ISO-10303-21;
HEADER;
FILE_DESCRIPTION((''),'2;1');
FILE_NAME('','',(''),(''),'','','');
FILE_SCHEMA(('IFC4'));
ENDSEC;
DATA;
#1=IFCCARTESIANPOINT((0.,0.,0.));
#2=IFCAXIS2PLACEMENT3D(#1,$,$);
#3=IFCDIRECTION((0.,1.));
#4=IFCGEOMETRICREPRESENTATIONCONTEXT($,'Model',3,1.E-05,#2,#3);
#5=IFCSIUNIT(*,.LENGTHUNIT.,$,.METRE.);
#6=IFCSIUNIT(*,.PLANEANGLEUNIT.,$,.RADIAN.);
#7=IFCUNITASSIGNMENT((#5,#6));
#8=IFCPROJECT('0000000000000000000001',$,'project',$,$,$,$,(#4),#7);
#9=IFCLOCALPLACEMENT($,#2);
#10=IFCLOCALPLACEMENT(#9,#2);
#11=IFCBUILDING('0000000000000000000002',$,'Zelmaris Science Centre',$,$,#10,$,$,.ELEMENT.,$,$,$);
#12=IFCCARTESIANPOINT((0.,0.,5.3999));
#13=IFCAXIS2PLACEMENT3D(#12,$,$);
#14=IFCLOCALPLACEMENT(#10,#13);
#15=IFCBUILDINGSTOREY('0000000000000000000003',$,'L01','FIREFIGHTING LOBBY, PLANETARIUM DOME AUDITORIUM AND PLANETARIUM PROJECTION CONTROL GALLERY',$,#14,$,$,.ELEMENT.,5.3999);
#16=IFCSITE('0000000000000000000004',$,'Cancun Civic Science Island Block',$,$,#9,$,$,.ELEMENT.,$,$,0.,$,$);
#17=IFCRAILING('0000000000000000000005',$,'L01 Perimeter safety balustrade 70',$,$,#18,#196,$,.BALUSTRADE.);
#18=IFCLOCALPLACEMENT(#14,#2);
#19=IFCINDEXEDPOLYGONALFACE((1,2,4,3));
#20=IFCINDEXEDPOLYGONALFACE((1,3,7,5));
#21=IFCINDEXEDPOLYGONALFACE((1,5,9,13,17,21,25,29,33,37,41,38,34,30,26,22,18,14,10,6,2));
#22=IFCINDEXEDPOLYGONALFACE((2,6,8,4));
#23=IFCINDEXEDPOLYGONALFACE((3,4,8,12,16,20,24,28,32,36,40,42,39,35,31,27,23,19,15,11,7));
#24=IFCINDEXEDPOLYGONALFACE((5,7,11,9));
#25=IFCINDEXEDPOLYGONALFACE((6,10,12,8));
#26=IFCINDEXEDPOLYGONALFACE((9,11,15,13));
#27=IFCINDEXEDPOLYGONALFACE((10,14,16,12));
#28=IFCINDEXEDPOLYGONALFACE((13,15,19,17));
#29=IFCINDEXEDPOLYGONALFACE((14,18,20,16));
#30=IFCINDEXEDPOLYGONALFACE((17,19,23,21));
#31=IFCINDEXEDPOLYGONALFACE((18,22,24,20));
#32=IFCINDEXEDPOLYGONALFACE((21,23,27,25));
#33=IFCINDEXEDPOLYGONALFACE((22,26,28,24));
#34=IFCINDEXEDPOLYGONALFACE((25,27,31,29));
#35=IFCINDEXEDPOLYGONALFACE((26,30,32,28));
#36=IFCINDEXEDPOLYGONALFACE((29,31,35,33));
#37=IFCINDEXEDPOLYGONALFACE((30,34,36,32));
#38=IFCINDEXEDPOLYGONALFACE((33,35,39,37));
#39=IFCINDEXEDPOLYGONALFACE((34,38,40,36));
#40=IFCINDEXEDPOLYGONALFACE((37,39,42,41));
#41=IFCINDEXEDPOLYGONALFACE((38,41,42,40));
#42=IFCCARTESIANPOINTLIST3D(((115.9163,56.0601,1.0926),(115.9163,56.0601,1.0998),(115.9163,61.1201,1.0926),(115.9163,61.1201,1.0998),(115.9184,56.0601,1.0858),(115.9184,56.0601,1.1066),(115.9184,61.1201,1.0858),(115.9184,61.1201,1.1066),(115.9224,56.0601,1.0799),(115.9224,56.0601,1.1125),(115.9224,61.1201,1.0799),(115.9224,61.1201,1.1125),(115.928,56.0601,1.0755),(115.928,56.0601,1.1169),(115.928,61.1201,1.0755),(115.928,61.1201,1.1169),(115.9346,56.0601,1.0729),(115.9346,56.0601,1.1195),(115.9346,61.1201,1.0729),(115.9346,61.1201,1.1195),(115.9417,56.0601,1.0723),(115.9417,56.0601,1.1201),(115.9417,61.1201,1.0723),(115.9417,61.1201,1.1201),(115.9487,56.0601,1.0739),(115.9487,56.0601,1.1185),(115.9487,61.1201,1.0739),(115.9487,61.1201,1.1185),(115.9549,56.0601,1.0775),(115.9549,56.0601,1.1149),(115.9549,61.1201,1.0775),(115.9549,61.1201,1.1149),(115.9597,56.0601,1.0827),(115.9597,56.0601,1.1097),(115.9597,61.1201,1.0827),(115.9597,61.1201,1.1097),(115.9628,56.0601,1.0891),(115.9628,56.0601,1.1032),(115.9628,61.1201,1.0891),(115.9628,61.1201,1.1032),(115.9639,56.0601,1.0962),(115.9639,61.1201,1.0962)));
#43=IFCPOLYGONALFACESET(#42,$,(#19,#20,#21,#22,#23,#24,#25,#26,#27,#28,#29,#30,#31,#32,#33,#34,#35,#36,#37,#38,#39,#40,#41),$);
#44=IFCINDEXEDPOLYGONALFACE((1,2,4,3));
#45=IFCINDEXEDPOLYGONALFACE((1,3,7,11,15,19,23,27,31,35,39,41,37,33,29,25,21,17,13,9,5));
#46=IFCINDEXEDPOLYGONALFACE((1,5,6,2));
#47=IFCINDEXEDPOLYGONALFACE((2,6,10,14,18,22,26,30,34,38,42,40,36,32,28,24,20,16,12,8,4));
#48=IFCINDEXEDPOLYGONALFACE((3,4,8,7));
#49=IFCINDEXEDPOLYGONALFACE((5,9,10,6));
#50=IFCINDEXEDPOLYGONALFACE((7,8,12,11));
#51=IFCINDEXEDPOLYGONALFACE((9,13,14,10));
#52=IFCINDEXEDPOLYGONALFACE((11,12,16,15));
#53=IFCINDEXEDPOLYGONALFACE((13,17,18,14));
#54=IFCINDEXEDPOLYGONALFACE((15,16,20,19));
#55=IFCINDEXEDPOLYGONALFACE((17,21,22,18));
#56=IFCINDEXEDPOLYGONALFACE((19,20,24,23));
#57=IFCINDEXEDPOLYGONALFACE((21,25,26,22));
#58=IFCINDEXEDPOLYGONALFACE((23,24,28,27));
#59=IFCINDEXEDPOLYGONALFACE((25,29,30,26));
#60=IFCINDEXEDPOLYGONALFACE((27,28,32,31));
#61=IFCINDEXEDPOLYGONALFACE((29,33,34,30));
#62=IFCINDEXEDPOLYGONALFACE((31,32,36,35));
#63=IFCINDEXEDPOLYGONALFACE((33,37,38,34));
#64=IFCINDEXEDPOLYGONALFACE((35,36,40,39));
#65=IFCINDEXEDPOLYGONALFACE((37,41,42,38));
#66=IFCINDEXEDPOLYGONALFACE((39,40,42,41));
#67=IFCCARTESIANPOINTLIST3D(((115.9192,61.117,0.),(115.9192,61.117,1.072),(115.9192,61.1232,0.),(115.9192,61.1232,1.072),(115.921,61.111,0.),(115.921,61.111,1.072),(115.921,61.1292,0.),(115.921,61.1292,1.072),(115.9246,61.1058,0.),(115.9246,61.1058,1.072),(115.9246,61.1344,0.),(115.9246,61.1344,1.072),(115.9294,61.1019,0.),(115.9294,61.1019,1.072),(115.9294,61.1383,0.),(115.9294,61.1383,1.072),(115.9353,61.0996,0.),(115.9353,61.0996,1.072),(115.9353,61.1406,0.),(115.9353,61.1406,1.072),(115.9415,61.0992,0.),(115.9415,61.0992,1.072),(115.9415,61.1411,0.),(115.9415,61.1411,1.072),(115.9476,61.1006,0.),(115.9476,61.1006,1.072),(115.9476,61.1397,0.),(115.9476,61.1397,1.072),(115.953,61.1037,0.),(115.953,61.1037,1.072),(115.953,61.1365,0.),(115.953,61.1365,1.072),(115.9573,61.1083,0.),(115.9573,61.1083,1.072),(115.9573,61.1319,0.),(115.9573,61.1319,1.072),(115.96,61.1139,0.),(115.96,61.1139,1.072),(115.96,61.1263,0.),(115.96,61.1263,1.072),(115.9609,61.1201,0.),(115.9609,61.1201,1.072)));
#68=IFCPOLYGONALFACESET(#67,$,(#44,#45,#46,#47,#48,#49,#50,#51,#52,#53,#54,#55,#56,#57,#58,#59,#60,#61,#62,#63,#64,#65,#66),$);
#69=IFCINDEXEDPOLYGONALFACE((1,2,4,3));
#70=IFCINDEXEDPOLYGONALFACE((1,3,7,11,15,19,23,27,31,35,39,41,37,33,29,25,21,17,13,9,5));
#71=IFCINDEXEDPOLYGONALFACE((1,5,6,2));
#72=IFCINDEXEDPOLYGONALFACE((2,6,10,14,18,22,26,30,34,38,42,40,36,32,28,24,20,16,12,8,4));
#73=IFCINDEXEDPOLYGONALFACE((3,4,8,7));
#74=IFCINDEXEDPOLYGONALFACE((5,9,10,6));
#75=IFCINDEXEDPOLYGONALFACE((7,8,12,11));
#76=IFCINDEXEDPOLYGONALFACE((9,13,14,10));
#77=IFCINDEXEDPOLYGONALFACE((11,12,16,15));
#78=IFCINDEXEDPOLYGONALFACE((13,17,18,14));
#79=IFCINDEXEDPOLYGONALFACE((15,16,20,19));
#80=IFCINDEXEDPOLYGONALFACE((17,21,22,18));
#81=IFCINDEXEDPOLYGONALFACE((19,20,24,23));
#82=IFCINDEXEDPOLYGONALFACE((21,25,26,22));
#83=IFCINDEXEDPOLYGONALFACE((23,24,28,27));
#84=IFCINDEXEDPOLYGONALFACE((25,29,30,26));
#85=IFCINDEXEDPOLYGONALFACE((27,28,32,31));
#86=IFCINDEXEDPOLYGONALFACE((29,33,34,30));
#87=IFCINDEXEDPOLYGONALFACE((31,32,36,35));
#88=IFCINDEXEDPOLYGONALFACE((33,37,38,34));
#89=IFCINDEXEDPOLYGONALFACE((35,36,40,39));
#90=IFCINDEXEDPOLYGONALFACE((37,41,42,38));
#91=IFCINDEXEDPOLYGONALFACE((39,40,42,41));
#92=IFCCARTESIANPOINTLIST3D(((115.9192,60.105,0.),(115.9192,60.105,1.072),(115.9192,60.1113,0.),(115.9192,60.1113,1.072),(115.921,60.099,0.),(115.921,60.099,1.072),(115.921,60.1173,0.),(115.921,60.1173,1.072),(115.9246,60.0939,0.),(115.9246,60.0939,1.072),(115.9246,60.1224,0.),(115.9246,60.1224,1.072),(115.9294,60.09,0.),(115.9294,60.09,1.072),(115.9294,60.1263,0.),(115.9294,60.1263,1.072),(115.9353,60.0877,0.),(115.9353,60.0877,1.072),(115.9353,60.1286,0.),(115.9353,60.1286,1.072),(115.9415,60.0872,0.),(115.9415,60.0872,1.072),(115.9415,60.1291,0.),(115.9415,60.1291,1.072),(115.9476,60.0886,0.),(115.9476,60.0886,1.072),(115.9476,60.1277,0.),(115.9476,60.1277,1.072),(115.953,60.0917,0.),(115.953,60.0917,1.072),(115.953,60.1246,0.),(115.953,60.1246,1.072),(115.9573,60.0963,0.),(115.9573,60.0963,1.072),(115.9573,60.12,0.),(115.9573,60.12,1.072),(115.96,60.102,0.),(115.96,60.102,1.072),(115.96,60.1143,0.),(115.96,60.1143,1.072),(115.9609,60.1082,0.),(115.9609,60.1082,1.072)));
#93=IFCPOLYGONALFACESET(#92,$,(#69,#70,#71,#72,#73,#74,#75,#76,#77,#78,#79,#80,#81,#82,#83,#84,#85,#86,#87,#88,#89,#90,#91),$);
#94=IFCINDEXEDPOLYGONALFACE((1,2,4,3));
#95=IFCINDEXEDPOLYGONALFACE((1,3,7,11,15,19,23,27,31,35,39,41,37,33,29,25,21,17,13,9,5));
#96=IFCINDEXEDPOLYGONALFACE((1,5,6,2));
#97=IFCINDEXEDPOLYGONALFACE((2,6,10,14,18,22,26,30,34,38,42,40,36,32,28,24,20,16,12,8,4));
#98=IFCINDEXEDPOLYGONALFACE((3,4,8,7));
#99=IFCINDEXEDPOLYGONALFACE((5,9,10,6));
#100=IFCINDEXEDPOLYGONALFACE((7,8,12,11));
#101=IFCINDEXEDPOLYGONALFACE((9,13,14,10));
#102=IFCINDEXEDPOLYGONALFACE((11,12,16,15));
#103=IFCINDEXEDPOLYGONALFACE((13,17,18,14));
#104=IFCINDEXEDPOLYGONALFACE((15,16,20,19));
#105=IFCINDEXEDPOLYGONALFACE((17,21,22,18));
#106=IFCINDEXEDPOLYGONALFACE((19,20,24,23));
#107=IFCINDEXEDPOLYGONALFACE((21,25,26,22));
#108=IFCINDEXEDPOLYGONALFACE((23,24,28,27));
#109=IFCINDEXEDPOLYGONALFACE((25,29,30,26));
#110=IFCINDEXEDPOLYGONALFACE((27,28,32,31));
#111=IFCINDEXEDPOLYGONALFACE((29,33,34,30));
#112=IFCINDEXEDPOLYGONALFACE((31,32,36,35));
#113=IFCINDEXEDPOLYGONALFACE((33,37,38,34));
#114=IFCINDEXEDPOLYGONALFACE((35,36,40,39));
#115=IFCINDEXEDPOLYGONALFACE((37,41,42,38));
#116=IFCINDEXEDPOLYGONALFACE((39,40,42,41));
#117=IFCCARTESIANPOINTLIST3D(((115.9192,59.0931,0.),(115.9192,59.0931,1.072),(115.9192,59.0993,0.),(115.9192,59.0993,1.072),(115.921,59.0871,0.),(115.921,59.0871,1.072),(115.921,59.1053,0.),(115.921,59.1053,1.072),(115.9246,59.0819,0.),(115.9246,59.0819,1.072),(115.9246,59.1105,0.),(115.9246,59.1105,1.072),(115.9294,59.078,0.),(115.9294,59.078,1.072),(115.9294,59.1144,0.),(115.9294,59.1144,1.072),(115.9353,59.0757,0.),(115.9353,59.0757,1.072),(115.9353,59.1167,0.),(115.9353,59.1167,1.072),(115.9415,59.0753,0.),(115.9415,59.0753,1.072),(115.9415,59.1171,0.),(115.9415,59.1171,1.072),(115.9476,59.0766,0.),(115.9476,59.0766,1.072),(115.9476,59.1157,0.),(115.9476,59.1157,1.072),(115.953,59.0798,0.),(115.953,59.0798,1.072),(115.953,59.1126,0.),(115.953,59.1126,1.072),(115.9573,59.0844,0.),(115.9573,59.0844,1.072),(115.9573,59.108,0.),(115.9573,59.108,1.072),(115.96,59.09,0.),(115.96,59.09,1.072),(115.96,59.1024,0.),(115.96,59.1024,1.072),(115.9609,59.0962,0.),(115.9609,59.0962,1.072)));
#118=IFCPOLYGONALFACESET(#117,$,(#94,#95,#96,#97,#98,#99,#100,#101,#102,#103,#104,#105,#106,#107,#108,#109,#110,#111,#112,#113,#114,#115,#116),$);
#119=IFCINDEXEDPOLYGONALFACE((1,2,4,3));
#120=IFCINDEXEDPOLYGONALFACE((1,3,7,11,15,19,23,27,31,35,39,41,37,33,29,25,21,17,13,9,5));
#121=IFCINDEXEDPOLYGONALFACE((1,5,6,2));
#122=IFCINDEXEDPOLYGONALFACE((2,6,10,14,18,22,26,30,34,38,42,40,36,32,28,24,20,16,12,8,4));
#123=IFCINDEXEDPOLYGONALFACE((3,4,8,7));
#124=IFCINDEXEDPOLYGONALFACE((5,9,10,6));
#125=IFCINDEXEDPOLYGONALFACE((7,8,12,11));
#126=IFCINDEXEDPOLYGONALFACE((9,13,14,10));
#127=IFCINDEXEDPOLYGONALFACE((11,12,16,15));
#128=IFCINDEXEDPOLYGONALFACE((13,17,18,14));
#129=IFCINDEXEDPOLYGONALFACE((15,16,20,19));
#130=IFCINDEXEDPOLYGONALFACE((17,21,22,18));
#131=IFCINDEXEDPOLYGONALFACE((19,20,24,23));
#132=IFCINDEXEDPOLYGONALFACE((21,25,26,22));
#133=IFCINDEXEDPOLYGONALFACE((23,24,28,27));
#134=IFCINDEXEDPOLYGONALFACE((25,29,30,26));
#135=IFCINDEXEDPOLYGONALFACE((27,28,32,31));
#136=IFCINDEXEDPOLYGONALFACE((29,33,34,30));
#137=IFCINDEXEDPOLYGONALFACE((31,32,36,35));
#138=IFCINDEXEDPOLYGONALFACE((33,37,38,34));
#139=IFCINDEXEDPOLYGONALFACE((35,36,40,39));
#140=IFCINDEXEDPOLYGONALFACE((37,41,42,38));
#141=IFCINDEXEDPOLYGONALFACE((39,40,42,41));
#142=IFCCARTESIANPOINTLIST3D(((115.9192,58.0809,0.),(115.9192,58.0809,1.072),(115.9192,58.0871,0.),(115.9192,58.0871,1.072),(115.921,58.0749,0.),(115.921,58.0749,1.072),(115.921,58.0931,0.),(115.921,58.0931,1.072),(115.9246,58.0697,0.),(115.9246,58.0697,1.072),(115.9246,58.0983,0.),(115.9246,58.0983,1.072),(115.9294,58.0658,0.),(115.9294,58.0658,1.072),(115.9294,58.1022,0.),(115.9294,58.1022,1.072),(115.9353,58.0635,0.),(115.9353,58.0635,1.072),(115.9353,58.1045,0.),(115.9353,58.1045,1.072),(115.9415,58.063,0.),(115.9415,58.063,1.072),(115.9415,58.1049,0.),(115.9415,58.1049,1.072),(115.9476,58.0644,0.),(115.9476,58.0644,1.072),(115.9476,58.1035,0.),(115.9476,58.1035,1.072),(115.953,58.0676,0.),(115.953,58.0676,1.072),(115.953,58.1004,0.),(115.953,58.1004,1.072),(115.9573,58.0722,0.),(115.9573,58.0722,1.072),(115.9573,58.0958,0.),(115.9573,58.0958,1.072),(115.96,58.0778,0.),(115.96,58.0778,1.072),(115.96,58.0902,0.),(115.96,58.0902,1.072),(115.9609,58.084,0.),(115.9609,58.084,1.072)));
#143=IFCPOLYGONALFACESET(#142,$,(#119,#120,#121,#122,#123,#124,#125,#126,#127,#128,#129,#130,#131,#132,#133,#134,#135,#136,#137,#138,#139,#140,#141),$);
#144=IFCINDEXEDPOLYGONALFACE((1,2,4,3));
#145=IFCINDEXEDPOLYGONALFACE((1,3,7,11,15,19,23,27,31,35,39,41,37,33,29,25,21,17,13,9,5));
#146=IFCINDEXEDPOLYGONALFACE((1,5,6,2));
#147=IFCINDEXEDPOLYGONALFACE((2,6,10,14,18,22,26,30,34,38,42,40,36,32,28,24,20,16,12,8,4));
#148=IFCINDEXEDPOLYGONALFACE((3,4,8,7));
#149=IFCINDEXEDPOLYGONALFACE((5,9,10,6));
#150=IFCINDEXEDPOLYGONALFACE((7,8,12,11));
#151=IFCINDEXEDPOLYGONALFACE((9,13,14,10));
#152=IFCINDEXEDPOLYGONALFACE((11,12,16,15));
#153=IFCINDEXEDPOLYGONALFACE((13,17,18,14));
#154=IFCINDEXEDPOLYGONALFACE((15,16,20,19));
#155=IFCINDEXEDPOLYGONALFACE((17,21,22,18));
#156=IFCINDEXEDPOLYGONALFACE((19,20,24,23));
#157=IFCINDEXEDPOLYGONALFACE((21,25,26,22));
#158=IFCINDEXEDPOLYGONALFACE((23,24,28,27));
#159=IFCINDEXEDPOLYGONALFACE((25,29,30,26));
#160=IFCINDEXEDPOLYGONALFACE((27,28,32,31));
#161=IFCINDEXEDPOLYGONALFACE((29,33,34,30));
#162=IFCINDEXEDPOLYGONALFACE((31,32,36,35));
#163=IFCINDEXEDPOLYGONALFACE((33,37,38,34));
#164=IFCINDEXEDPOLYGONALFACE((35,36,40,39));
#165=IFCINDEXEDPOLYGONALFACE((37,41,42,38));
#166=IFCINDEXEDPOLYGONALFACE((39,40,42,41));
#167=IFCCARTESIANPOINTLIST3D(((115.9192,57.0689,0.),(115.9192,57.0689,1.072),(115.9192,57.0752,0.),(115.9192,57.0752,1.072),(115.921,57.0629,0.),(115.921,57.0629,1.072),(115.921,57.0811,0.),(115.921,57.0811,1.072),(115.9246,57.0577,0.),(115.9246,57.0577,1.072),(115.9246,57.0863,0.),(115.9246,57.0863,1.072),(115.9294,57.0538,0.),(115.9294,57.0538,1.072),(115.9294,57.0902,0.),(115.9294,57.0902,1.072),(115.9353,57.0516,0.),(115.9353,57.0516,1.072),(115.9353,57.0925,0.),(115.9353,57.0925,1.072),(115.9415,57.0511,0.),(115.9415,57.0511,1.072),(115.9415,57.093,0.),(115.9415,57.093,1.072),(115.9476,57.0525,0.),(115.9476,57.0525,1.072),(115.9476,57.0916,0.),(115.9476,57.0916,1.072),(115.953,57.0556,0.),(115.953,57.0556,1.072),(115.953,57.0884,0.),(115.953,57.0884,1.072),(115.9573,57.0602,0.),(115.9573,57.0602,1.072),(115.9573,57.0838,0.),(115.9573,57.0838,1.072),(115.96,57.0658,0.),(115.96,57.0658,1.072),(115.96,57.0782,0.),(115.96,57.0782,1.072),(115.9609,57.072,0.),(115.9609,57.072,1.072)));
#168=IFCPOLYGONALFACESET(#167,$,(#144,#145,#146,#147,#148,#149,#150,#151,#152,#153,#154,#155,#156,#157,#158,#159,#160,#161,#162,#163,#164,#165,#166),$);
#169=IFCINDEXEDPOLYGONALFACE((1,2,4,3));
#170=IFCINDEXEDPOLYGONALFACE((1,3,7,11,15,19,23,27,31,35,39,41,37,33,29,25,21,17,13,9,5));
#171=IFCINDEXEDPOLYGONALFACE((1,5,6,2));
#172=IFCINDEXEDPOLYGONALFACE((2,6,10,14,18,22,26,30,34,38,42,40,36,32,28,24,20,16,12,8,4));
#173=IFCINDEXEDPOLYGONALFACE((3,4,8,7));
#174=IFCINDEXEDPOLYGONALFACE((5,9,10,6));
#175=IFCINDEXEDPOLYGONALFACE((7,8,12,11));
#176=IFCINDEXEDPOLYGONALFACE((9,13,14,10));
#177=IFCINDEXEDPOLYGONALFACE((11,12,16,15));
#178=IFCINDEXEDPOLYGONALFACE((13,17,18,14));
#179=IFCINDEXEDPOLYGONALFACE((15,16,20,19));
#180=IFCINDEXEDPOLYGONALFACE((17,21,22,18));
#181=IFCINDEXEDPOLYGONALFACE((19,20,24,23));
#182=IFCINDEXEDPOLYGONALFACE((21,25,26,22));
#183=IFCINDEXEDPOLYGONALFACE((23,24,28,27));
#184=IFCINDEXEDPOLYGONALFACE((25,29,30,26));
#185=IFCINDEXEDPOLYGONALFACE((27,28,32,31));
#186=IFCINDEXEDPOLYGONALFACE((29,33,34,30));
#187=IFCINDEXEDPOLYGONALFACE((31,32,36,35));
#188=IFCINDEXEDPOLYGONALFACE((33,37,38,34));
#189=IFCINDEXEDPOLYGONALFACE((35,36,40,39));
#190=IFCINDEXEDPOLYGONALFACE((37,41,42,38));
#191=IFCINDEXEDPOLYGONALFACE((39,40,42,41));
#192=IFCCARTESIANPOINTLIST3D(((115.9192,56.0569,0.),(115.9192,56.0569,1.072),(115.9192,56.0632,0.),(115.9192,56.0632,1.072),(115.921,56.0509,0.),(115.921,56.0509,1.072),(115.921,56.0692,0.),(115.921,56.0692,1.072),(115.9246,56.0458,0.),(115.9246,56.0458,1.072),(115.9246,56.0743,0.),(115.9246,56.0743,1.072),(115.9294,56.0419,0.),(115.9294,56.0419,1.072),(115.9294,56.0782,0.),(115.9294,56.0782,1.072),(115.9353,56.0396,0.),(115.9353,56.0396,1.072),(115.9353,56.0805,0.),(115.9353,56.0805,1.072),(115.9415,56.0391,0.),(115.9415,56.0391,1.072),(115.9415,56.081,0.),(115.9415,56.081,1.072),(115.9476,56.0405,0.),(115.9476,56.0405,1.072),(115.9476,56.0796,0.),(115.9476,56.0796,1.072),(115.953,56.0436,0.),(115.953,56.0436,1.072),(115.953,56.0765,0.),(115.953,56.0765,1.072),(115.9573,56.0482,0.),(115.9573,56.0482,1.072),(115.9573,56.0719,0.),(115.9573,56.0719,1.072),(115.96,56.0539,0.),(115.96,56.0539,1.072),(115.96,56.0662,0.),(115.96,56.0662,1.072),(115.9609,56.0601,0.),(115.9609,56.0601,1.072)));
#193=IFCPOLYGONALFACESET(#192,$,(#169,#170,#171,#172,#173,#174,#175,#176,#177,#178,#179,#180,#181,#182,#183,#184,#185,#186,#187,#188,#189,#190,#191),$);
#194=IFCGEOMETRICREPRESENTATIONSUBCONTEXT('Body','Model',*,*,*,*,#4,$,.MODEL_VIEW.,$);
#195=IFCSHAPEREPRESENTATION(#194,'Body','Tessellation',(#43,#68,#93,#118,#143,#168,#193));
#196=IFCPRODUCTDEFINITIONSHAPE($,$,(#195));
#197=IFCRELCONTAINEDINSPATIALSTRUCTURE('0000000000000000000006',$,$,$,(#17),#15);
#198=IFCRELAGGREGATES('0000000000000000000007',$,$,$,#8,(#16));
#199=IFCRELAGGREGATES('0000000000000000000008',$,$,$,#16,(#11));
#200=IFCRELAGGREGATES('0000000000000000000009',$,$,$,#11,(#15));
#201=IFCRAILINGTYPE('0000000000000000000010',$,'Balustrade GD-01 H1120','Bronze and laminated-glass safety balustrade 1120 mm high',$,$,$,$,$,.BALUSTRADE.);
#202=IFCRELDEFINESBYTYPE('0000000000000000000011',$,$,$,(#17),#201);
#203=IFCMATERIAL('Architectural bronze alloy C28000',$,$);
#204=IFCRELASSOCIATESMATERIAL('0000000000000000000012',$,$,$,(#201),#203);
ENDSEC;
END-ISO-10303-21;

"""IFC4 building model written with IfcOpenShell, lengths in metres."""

from ifc_helpers import new_model, si_unit, direction, frame, origin, origin_2d, place, context, subcontext, project, spatial, circle, extrude, material, type_object, element, save


model = new_model("IFC4")

# Units and contexts
model_context = context("Model", 3, precision=1e-05, world=origin(), true_north=direction((0.0, 1.0)))
body_context = subcontext(model_context, "Body", "Model", "MODEL_VIEW")
ifc_project = project(units=[si_unit("LENGTHUNIT", "METRE"), si_unit("PLANEANGLEUNIT", "RADIAN")], contexts=[model_context])

# Site, building, storey
site_placement = place(None, origin())
site = spatial("IfcSite", under=ifc_project, at=site_placement, Name="Cancun Civic Science Island Block", CompositionType="ELEMENT", RefElevation=0.0)
building_placement = place(site_placement, origin())
building = spatial("IfcBuilding", under=site, at=building_placement, Name="Zelmaris Science Centre", CompositionType="ELEMENT")
storey_placement = place(building_placement, frame((0.0, 0.0, 5.3999)))
storey = spatial("IfcBuildingStorey", under=building, at=storey_placement, Name="L01", Description="FIREFIGHTING LOBBY, PLANETARIUM DOME AUDITORIUM AND PLANETARIUM PROJECTION CONTROL GALLERY", CompositionType="ELEMENT", Elevation=5.3999)

# Railing
ifc_material_1 = material(Name="Architectural bronze alloy C28000")
railing_type = type_object("IfcRailingType", Name="Balustrade GD-01 H1120", Description="Bronze and laminated-glass safety balustrade 1120 mm high", PredefinedType="BALUSTRADE", material=ifc_material_1)
railing_1_placement = place(storey_placement, frame((115.9399, 61.1201, 0.0)))
element("IfcRailing", 1, at=railing_1_placement, inside=storey, type_object=railing_type, Name="L01 Perimeter safety balustrade 70", PredefinedType="BALUSTRADE", context=body_context, shape_type="SweptSolid", body=[
    extrude(circle(Radius=0.0239, at=origin_2d()), frame((0.0, 0.0, 1.0962), z_axis=(0.0, -1.0, 0.0), x_axis=(1.0, 0.0, 0.0)), (0.0, 0.0, 1.0), 5.0601),
    extrude(circle(Radius=0.021, at=origin_2d()), origin(), (0.0, 0.0, 1.0), 1.072),
    extrude(circle(Radius=0.021, at=origin_2d()), frame((0.0, -1.012, 0.0)), (0.0, 0.0, 1.0), 1.072),
    extrude(circle(Radius=0.021, at=origin_2d()), frame((0.0, -2.0239, 0.0)), (0.0, 0.0, 1.0), 1.072),
    extrude(circle(Radius=0.021, at=origin_2d()), frame((0.0, -3.0361, 0.0)), (0.0, 0.0, 1.0), 1.072),
    extrude(circle(Radius=0.021, at=origin_2d()), frame((0.0, -4.0481, 0.0)), (0.0, 0.0, 1.0), 1.072),
    extrude(circle(Radius=0.021, at=origin_2d()), frame((0.0, -5.0601, 0.0)), (0.0, 0.0, 1.0), 1.072),
])

save(model, "model.ifc")
